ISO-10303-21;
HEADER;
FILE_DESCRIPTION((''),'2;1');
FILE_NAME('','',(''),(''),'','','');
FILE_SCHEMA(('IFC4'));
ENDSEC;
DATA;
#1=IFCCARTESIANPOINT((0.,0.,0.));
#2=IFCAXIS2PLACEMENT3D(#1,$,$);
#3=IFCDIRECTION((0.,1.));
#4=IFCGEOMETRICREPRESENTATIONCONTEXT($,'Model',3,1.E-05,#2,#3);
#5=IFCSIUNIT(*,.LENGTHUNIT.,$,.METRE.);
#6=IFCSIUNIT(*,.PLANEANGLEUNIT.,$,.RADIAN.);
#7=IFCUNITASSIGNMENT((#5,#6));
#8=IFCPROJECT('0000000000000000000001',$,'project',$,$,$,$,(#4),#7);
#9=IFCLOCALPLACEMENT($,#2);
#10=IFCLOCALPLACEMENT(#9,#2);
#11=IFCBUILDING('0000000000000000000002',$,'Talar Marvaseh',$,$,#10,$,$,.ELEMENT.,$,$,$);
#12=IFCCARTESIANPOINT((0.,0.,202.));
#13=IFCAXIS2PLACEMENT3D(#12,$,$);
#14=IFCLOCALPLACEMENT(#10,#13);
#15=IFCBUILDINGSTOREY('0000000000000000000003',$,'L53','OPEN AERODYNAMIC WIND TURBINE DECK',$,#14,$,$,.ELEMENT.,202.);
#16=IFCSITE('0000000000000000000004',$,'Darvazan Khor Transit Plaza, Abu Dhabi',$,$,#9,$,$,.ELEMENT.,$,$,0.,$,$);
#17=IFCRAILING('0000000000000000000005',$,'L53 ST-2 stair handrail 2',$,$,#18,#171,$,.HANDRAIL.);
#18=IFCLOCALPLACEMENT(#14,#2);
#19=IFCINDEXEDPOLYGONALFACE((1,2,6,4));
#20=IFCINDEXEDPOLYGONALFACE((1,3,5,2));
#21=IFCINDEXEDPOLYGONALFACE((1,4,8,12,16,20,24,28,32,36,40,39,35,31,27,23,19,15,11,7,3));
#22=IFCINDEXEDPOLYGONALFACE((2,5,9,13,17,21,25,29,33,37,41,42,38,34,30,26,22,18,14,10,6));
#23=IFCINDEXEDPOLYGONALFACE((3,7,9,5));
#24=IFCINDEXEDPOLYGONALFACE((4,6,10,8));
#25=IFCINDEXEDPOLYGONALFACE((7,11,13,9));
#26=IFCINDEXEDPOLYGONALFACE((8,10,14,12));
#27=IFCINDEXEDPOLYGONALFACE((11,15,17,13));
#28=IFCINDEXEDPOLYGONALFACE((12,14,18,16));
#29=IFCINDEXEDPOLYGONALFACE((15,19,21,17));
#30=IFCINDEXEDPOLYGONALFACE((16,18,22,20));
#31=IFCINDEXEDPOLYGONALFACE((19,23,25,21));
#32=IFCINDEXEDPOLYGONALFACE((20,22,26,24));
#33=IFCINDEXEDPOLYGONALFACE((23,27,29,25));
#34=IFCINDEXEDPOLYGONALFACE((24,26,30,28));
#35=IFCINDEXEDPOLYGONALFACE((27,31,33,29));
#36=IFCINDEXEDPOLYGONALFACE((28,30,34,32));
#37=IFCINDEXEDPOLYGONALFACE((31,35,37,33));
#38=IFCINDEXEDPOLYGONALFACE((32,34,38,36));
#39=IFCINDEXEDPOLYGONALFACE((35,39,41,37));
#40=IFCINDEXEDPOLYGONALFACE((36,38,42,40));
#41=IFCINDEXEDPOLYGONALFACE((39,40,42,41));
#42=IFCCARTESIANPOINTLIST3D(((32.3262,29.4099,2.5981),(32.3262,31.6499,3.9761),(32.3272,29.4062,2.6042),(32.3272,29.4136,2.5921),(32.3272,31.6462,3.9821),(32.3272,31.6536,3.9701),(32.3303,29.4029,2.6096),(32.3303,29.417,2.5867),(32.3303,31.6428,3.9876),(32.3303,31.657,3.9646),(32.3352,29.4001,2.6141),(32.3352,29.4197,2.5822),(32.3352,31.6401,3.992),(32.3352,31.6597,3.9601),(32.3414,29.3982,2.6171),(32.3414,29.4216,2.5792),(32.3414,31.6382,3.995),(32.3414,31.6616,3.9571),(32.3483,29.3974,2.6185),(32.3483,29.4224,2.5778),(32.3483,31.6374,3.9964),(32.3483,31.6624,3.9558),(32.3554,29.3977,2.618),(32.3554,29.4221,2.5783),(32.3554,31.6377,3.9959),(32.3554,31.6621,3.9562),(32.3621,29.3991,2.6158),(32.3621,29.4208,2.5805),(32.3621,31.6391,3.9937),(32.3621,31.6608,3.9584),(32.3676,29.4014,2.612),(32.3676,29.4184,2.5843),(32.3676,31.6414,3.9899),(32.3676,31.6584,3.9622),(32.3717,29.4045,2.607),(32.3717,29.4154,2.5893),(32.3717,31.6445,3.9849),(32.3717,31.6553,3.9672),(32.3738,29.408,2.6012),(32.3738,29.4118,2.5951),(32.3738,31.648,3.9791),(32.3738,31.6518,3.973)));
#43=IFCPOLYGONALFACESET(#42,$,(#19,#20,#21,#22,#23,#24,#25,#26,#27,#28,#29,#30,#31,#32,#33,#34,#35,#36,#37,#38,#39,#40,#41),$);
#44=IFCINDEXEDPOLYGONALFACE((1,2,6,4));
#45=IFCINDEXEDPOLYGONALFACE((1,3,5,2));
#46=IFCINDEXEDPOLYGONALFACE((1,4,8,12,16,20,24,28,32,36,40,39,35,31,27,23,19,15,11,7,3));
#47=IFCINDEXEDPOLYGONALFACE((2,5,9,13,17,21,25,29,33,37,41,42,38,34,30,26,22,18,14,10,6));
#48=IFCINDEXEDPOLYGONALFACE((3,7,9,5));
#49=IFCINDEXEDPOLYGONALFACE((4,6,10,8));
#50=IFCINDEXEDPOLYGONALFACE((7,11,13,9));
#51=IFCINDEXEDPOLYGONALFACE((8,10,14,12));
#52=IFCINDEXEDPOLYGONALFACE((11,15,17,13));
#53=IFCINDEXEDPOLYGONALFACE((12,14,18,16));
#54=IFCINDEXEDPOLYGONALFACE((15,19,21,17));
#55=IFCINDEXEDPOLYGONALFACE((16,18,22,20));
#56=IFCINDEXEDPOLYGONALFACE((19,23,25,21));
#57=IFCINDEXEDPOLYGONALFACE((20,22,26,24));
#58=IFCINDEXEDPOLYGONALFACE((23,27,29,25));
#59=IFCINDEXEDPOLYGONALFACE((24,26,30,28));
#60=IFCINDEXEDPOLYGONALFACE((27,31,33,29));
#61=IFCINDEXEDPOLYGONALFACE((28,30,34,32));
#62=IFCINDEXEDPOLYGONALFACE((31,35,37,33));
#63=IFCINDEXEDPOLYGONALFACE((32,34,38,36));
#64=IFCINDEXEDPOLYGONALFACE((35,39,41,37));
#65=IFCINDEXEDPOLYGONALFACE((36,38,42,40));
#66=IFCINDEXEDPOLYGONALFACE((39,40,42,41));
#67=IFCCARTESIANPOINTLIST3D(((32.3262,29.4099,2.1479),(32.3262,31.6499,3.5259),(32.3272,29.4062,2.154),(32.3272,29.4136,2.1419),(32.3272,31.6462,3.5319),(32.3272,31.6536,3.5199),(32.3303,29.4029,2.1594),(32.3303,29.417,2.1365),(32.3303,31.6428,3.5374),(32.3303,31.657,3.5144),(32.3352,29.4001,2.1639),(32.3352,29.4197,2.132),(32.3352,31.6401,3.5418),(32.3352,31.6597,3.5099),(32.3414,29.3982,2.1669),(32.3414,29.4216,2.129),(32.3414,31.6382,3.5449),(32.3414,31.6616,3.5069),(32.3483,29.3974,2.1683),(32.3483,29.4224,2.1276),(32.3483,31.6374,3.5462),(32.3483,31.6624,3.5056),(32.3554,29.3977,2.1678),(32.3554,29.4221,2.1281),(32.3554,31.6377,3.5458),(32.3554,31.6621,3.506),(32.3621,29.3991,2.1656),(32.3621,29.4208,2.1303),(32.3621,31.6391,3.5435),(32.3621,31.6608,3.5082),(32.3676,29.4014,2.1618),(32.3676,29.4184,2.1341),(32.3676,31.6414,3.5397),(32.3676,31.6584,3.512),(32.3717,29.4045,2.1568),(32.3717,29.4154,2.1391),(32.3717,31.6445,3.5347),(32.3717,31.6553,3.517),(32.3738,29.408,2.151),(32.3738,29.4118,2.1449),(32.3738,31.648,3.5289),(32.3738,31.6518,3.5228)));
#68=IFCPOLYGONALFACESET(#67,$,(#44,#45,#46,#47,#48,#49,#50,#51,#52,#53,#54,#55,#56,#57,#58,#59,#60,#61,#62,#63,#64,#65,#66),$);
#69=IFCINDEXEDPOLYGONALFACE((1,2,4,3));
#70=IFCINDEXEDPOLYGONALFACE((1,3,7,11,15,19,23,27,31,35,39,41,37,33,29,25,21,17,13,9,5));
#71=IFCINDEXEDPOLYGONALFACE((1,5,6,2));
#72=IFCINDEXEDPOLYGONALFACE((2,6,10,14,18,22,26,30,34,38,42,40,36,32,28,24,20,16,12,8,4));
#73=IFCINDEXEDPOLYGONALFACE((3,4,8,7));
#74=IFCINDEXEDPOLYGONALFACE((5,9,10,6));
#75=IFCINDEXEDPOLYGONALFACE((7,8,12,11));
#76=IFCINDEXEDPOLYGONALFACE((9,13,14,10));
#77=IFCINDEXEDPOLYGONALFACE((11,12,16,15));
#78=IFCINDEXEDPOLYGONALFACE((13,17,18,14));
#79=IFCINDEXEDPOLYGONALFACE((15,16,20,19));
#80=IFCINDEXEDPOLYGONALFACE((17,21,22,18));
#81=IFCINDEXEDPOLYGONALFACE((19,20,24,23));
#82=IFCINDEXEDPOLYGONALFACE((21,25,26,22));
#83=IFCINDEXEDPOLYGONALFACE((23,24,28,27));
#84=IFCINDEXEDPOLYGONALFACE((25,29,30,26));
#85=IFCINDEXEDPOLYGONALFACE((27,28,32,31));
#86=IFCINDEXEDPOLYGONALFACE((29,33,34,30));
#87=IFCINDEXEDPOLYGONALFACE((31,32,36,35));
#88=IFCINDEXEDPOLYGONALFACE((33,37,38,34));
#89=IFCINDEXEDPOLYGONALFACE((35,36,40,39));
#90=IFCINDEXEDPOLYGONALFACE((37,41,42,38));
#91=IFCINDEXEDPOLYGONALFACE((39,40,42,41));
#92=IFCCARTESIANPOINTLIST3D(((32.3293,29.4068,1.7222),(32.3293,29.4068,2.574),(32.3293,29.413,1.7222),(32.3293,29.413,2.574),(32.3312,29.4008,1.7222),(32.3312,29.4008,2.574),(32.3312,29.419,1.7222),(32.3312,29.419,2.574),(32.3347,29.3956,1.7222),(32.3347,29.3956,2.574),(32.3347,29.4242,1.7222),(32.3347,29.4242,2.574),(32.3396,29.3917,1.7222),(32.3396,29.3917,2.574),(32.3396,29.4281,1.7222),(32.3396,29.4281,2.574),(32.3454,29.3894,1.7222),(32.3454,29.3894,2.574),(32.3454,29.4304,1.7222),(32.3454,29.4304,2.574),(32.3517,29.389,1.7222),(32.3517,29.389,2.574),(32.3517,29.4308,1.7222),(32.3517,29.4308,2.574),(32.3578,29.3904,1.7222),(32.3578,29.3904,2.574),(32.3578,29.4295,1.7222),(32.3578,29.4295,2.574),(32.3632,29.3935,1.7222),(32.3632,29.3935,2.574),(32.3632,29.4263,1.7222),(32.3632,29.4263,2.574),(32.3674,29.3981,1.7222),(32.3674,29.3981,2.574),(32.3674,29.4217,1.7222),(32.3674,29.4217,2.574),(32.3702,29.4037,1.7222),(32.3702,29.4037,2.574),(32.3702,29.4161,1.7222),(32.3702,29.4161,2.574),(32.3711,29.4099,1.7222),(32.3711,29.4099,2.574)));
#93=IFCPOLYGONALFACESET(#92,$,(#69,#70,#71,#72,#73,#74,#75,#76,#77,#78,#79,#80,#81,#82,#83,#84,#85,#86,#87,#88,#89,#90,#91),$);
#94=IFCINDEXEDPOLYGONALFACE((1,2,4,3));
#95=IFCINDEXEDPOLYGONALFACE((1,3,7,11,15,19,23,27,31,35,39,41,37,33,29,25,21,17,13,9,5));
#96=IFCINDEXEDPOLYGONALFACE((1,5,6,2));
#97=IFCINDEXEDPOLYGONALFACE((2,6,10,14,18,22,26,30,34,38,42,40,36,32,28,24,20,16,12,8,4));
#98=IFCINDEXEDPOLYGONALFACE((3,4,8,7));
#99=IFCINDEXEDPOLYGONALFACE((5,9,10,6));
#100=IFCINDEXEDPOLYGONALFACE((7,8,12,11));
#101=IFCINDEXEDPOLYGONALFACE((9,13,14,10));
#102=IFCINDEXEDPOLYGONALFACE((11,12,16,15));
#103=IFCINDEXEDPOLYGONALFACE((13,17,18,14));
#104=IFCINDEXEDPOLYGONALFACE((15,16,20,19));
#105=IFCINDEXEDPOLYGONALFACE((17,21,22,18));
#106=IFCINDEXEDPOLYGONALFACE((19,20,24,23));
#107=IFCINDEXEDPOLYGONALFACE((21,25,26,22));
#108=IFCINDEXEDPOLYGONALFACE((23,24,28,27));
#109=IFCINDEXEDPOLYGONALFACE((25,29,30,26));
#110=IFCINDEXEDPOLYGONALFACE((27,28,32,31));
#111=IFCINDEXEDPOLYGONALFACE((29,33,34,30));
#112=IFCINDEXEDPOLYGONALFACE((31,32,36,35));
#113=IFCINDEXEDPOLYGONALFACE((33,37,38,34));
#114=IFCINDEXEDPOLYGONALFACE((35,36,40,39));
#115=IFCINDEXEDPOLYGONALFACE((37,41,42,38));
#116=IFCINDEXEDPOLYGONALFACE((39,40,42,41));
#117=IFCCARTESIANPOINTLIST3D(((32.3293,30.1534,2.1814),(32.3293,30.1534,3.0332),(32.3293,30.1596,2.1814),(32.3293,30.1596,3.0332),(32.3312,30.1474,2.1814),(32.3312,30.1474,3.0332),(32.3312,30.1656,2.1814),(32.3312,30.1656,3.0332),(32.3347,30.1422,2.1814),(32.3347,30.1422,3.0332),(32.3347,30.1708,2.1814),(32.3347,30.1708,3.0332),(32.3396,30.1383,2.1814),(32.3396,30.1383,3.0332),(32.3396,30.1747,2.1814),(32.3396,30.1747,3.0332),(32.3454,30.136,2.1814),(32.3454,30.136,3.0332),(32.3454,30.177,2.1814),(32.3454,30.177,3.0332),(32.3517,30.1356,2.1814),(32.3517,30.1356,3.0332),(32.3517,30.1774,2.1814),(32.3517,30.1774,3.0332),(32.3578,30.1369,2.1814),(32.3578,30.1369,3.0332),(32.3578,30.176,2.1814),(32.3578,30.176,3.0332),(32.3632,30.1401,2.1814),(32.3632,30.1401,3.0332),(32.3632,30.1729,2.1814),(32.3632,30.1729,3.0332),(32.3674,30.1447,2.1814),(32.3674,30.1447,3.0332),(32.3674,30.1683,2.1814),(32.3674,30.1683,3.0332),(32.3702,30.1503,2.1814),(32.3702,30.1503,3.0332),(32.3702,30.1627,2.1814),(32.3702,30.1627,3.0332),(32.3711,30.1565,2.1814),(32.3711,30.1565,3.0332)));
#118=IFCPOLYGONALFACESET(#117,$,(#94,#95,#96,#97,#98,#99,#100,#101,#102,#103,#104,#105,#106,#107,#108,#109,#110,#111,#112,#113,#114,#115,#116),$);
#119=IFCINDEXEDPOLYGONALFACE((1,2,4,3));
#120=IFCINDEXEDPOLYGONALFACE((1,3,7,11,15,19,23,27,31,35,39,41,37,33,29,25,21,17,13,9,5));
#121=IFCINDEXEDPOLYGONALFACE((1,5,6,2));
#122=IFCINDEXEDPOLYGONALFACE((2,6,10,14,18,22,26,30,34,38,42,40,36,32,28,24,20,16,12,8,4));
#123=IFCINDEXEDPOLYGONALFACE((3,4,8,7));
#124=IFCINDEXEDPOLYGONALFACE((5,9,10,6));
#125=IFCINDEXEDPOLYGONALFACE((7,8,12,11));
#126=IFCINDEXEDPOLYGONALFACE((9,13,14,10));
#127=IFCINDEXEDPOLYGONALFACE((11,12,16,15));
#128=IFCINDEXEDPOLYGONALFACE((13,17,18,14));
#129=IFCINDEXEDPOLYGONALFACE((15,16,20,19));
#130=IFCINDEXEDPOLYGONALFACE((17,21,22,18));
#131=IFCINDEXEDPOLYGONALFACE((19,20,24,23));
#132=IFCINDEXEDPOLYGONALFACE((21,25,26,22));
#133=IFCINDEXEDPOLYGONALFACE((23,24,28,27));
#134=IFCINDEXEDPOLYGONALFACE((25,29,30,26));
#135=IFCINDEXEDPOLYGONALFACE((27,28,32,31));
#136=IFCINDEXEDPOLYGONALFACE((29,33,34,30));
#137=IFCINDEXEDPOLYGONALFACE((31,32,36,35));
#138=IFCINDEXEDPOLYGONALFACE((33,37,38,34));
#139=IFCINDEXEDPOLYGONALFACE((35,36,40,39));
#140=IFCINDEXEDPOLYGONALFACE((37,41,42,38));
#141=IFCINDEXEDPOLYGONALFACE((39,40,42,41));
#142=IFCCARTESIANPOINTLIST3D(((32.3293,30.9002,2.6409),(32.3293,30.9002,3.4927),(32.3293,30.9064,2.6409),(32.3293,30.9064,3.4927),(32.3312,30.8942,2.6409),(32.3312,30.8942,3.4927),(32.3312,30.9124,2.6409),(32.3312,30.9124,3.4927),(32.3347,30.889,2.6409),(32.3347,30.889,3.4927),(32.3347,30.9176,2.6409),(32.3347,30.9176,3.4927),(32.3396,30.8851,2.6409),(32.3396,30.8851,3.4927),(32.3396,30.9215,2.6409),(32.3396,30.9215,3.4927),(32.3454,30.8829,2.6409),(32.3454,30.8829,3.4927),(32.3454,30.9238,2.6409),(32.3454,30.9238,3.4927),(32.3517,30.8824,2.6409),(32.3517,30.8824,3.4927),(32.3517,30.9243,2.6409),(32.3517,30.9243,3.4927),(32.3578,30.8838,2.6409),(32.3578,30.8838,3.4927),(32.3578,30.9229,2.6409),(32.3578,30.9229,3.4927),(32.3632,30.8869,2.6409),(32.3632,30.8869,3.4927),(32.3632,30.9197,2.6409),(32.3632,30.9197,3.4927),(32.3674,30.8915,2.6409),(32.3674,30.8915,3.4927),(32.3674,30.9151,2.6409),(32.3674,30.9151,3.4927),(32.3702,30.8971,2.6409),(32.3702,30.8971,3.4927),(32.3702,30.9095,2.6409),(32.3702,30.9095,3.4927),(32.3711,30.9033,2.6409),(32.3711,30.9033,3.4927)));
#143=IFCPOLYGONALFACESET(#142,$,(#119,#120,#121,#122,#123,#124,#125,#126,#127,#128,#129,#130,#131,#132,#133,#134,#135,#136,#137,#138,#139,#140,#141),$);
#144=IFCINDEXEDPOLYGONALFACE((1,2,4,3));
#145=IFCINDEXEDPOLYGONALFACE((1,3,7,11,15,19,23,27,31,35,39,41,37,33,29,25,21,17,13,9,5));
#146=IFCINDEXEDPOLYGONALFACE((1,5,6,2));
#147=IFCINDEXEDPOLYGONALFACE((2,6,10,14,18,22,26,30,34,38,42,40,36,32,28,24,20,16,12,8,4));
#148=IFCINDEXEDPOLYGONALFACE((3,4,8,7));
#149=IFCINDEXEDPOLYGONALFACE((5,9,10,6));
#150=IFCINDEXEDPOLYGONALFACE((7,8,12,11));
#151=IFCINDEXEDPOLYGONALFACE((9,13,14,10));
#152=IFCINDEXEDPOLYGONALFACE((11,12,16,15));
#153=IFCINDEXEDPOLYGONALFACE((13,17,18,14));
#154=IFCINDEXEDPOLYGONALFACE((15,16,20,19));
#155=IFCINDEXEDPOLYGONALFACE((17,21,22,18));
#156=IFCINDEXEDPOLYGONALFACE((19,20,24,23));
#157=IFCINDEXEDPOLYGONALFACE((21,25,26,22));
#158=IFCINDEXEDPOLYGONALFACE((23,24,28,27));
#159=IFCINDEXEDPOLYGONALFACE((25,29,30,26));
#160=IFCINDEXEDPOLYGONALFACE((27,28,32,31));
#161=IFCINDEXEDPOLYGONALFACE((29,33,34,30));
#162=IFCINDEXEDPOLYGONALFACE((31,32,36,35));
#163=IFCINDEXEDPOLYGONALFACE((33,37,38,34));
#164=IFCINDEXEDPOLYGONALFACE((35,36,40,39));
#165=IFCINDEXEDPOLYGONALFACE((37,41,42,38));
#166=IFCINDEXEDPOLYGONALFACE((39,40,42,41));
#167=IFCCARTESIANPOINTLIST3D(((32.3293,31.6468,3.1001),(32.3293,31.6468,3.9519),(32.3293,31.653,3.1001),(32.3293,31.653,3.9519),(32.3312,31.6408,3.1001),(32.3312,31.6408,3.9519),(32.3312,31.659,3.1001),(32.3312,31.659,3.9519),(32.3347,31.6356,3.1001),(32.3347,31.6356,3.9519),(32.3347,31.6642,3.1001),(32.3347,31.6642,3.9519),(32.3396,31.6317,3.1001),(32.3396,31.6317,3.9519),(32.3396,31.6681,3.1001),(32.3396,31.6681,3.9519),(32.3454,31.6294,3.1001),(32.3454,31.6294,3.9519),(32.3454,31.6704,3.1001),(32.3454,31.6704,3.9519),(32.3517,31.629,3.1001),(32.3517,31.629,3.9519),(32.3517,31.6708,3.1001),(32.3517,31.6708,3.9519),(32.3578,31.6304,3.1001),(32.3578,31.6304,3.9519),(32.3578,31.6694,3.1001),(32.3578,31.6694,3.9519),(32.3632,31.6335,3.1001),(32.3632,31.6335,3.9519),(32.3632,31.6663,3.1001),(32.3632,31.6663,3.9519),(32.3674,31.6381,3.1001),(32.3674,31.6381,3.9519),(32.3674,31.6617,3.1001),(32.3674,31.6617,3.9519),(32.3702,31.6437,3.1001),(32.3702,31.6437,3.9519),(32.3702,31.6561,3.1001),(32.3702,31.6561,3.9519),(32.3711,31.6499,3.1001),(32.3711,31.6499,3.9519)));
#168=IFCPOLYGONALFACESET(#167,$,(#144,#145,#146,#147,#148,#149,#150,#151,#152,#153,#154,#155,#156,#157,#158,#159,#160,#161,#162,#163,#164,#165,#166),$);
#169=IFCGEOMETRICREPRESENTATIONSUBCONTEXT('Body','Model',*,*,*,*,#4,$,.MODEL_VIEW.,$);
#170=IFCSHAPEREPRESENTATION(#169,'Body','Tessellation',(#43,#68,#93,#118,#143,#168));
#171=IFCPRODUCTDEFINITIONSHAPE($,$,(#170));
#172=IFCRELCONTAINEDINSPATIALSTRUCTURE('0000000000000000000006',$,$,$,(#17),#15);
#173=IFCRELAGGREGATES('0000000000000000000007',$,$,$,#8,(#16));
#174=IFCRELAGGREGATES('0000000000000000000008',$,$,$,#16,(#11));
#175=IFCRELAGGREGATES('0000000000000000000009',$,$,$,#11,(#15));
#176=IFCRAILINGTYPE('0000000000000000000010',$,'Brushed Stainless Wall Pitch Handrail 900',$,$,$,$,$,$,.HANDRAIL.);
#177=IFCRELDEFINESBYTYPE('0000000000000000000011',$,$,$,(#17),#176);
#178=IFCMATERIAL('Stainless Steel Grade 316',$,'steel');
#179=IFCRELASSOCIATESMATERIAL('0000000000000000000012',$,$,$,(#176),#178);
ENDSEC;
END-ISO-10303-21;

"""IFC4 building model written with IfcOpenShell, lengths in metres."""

from ifc_helpers import new_model, si_unit, direction, frame, origin, origin_2d, place, context, subcontext, project, spatial, circle, extrude, material, type_object, element, save


model = new_model("IFC4")

# Units and contexts
model_context = context("Model", 3, precision=1e-05, world=origin(), true_north=direction((0.0, 1.0)))
body_context = subcontext(model_context, "Body", "Model", "MODEL_VIEW")
ifc_project = project(units=[si_unit("LENGTHUNIT", "METRE"), si_unit("PLANEANGLEUNIT", "RADIAN")], contexts=[model_context])

# Site, building, storey
site_placement = place(None, origin())
site = spatial("IfcSite", under=ifc_project, at=site_placement, Name="Darvazan Khor Transit Plaza, Abu Dhabi", CompositionType="ELEMENT", RefElevation=0.0)
building_placement = place(site_placement, origin())
building = spatial("IfcBuilding", under=site, at=building_placement, Name="Talar Marvaseh", CompositionType="ELEMENT")
storey_placement = place(building_placement, frame((0.0, 0.0, 202.0)))
storey = spatial("IfcBuildingStorey", under=building, at=storey_placement, Name="L53", Description="OPEN AERODYNAMIC WIND TURBINE DECK", CompositionType="ELEMENT", Elevation=202.0)

# Railing
ifc_material_1 = material(Name="Stainless Steel Grade 316", Category="steel")
railing_type_1 = type_object("IfcRailingType", Name="Brushed Stainless Wall Pitch Handrail 900", PredefinedType="HANDRAIL", material=ifc_material_1)
railing_1_placement = place(storey_placement, frame((32.3501, 29.4099, 1.7222)))
element("IfcRailing", 1, at=railing_1_placement, inside=storey, type_object=railing_type_1, Name="L53 ST-2 stair handrail 2", PredefinedType="HANDRAIL", context=body_context, shape_type="SweptSolid", body=[
    extrude(circle(Radius=0.0239, at=origin_2d()), frame((0.0, 0.0, 0.876), z_axis=(0.0, 0.851748, 0.523952), x_axis=(-1.0, 0.0, 0.0)), (0.0, 0.0, 1.0), 2.6299),
    extrude(circle(Radius=0.0239, at=origin_2d()), frame((0.0, 0.0, 0.4258), z_axis=(0.0, 0.851748, 0.523952), x_axis=(-1.0, 0.0, 0.0)), (0.0, 0.0, 1.0), 2.6299),
    extrude(circle(Radius=0.021, at=origin_2d()), origin(), (0.0, 0.0, 1.0), 0.8518),
    extrude(circle(Radius=0.021, at=origin_2d()), frame((0.0, 0.7466, 0.4592)), (0.0, 0.0, 1.0), 0.8518),
    extrude(circle(Radius=0.021, at=origin_2d()), frame((0.0, 1.4934, 0.9187)), (0.0, 0.0, 1.0), 0.8518),
    extrude(circle(Radius=0.021, at=origin_2d()), frame((0.0, 2.24, 1.3779)), (0.0, 0.0, 1.0), 0.8518),
])

save(model, "model.ifc")
